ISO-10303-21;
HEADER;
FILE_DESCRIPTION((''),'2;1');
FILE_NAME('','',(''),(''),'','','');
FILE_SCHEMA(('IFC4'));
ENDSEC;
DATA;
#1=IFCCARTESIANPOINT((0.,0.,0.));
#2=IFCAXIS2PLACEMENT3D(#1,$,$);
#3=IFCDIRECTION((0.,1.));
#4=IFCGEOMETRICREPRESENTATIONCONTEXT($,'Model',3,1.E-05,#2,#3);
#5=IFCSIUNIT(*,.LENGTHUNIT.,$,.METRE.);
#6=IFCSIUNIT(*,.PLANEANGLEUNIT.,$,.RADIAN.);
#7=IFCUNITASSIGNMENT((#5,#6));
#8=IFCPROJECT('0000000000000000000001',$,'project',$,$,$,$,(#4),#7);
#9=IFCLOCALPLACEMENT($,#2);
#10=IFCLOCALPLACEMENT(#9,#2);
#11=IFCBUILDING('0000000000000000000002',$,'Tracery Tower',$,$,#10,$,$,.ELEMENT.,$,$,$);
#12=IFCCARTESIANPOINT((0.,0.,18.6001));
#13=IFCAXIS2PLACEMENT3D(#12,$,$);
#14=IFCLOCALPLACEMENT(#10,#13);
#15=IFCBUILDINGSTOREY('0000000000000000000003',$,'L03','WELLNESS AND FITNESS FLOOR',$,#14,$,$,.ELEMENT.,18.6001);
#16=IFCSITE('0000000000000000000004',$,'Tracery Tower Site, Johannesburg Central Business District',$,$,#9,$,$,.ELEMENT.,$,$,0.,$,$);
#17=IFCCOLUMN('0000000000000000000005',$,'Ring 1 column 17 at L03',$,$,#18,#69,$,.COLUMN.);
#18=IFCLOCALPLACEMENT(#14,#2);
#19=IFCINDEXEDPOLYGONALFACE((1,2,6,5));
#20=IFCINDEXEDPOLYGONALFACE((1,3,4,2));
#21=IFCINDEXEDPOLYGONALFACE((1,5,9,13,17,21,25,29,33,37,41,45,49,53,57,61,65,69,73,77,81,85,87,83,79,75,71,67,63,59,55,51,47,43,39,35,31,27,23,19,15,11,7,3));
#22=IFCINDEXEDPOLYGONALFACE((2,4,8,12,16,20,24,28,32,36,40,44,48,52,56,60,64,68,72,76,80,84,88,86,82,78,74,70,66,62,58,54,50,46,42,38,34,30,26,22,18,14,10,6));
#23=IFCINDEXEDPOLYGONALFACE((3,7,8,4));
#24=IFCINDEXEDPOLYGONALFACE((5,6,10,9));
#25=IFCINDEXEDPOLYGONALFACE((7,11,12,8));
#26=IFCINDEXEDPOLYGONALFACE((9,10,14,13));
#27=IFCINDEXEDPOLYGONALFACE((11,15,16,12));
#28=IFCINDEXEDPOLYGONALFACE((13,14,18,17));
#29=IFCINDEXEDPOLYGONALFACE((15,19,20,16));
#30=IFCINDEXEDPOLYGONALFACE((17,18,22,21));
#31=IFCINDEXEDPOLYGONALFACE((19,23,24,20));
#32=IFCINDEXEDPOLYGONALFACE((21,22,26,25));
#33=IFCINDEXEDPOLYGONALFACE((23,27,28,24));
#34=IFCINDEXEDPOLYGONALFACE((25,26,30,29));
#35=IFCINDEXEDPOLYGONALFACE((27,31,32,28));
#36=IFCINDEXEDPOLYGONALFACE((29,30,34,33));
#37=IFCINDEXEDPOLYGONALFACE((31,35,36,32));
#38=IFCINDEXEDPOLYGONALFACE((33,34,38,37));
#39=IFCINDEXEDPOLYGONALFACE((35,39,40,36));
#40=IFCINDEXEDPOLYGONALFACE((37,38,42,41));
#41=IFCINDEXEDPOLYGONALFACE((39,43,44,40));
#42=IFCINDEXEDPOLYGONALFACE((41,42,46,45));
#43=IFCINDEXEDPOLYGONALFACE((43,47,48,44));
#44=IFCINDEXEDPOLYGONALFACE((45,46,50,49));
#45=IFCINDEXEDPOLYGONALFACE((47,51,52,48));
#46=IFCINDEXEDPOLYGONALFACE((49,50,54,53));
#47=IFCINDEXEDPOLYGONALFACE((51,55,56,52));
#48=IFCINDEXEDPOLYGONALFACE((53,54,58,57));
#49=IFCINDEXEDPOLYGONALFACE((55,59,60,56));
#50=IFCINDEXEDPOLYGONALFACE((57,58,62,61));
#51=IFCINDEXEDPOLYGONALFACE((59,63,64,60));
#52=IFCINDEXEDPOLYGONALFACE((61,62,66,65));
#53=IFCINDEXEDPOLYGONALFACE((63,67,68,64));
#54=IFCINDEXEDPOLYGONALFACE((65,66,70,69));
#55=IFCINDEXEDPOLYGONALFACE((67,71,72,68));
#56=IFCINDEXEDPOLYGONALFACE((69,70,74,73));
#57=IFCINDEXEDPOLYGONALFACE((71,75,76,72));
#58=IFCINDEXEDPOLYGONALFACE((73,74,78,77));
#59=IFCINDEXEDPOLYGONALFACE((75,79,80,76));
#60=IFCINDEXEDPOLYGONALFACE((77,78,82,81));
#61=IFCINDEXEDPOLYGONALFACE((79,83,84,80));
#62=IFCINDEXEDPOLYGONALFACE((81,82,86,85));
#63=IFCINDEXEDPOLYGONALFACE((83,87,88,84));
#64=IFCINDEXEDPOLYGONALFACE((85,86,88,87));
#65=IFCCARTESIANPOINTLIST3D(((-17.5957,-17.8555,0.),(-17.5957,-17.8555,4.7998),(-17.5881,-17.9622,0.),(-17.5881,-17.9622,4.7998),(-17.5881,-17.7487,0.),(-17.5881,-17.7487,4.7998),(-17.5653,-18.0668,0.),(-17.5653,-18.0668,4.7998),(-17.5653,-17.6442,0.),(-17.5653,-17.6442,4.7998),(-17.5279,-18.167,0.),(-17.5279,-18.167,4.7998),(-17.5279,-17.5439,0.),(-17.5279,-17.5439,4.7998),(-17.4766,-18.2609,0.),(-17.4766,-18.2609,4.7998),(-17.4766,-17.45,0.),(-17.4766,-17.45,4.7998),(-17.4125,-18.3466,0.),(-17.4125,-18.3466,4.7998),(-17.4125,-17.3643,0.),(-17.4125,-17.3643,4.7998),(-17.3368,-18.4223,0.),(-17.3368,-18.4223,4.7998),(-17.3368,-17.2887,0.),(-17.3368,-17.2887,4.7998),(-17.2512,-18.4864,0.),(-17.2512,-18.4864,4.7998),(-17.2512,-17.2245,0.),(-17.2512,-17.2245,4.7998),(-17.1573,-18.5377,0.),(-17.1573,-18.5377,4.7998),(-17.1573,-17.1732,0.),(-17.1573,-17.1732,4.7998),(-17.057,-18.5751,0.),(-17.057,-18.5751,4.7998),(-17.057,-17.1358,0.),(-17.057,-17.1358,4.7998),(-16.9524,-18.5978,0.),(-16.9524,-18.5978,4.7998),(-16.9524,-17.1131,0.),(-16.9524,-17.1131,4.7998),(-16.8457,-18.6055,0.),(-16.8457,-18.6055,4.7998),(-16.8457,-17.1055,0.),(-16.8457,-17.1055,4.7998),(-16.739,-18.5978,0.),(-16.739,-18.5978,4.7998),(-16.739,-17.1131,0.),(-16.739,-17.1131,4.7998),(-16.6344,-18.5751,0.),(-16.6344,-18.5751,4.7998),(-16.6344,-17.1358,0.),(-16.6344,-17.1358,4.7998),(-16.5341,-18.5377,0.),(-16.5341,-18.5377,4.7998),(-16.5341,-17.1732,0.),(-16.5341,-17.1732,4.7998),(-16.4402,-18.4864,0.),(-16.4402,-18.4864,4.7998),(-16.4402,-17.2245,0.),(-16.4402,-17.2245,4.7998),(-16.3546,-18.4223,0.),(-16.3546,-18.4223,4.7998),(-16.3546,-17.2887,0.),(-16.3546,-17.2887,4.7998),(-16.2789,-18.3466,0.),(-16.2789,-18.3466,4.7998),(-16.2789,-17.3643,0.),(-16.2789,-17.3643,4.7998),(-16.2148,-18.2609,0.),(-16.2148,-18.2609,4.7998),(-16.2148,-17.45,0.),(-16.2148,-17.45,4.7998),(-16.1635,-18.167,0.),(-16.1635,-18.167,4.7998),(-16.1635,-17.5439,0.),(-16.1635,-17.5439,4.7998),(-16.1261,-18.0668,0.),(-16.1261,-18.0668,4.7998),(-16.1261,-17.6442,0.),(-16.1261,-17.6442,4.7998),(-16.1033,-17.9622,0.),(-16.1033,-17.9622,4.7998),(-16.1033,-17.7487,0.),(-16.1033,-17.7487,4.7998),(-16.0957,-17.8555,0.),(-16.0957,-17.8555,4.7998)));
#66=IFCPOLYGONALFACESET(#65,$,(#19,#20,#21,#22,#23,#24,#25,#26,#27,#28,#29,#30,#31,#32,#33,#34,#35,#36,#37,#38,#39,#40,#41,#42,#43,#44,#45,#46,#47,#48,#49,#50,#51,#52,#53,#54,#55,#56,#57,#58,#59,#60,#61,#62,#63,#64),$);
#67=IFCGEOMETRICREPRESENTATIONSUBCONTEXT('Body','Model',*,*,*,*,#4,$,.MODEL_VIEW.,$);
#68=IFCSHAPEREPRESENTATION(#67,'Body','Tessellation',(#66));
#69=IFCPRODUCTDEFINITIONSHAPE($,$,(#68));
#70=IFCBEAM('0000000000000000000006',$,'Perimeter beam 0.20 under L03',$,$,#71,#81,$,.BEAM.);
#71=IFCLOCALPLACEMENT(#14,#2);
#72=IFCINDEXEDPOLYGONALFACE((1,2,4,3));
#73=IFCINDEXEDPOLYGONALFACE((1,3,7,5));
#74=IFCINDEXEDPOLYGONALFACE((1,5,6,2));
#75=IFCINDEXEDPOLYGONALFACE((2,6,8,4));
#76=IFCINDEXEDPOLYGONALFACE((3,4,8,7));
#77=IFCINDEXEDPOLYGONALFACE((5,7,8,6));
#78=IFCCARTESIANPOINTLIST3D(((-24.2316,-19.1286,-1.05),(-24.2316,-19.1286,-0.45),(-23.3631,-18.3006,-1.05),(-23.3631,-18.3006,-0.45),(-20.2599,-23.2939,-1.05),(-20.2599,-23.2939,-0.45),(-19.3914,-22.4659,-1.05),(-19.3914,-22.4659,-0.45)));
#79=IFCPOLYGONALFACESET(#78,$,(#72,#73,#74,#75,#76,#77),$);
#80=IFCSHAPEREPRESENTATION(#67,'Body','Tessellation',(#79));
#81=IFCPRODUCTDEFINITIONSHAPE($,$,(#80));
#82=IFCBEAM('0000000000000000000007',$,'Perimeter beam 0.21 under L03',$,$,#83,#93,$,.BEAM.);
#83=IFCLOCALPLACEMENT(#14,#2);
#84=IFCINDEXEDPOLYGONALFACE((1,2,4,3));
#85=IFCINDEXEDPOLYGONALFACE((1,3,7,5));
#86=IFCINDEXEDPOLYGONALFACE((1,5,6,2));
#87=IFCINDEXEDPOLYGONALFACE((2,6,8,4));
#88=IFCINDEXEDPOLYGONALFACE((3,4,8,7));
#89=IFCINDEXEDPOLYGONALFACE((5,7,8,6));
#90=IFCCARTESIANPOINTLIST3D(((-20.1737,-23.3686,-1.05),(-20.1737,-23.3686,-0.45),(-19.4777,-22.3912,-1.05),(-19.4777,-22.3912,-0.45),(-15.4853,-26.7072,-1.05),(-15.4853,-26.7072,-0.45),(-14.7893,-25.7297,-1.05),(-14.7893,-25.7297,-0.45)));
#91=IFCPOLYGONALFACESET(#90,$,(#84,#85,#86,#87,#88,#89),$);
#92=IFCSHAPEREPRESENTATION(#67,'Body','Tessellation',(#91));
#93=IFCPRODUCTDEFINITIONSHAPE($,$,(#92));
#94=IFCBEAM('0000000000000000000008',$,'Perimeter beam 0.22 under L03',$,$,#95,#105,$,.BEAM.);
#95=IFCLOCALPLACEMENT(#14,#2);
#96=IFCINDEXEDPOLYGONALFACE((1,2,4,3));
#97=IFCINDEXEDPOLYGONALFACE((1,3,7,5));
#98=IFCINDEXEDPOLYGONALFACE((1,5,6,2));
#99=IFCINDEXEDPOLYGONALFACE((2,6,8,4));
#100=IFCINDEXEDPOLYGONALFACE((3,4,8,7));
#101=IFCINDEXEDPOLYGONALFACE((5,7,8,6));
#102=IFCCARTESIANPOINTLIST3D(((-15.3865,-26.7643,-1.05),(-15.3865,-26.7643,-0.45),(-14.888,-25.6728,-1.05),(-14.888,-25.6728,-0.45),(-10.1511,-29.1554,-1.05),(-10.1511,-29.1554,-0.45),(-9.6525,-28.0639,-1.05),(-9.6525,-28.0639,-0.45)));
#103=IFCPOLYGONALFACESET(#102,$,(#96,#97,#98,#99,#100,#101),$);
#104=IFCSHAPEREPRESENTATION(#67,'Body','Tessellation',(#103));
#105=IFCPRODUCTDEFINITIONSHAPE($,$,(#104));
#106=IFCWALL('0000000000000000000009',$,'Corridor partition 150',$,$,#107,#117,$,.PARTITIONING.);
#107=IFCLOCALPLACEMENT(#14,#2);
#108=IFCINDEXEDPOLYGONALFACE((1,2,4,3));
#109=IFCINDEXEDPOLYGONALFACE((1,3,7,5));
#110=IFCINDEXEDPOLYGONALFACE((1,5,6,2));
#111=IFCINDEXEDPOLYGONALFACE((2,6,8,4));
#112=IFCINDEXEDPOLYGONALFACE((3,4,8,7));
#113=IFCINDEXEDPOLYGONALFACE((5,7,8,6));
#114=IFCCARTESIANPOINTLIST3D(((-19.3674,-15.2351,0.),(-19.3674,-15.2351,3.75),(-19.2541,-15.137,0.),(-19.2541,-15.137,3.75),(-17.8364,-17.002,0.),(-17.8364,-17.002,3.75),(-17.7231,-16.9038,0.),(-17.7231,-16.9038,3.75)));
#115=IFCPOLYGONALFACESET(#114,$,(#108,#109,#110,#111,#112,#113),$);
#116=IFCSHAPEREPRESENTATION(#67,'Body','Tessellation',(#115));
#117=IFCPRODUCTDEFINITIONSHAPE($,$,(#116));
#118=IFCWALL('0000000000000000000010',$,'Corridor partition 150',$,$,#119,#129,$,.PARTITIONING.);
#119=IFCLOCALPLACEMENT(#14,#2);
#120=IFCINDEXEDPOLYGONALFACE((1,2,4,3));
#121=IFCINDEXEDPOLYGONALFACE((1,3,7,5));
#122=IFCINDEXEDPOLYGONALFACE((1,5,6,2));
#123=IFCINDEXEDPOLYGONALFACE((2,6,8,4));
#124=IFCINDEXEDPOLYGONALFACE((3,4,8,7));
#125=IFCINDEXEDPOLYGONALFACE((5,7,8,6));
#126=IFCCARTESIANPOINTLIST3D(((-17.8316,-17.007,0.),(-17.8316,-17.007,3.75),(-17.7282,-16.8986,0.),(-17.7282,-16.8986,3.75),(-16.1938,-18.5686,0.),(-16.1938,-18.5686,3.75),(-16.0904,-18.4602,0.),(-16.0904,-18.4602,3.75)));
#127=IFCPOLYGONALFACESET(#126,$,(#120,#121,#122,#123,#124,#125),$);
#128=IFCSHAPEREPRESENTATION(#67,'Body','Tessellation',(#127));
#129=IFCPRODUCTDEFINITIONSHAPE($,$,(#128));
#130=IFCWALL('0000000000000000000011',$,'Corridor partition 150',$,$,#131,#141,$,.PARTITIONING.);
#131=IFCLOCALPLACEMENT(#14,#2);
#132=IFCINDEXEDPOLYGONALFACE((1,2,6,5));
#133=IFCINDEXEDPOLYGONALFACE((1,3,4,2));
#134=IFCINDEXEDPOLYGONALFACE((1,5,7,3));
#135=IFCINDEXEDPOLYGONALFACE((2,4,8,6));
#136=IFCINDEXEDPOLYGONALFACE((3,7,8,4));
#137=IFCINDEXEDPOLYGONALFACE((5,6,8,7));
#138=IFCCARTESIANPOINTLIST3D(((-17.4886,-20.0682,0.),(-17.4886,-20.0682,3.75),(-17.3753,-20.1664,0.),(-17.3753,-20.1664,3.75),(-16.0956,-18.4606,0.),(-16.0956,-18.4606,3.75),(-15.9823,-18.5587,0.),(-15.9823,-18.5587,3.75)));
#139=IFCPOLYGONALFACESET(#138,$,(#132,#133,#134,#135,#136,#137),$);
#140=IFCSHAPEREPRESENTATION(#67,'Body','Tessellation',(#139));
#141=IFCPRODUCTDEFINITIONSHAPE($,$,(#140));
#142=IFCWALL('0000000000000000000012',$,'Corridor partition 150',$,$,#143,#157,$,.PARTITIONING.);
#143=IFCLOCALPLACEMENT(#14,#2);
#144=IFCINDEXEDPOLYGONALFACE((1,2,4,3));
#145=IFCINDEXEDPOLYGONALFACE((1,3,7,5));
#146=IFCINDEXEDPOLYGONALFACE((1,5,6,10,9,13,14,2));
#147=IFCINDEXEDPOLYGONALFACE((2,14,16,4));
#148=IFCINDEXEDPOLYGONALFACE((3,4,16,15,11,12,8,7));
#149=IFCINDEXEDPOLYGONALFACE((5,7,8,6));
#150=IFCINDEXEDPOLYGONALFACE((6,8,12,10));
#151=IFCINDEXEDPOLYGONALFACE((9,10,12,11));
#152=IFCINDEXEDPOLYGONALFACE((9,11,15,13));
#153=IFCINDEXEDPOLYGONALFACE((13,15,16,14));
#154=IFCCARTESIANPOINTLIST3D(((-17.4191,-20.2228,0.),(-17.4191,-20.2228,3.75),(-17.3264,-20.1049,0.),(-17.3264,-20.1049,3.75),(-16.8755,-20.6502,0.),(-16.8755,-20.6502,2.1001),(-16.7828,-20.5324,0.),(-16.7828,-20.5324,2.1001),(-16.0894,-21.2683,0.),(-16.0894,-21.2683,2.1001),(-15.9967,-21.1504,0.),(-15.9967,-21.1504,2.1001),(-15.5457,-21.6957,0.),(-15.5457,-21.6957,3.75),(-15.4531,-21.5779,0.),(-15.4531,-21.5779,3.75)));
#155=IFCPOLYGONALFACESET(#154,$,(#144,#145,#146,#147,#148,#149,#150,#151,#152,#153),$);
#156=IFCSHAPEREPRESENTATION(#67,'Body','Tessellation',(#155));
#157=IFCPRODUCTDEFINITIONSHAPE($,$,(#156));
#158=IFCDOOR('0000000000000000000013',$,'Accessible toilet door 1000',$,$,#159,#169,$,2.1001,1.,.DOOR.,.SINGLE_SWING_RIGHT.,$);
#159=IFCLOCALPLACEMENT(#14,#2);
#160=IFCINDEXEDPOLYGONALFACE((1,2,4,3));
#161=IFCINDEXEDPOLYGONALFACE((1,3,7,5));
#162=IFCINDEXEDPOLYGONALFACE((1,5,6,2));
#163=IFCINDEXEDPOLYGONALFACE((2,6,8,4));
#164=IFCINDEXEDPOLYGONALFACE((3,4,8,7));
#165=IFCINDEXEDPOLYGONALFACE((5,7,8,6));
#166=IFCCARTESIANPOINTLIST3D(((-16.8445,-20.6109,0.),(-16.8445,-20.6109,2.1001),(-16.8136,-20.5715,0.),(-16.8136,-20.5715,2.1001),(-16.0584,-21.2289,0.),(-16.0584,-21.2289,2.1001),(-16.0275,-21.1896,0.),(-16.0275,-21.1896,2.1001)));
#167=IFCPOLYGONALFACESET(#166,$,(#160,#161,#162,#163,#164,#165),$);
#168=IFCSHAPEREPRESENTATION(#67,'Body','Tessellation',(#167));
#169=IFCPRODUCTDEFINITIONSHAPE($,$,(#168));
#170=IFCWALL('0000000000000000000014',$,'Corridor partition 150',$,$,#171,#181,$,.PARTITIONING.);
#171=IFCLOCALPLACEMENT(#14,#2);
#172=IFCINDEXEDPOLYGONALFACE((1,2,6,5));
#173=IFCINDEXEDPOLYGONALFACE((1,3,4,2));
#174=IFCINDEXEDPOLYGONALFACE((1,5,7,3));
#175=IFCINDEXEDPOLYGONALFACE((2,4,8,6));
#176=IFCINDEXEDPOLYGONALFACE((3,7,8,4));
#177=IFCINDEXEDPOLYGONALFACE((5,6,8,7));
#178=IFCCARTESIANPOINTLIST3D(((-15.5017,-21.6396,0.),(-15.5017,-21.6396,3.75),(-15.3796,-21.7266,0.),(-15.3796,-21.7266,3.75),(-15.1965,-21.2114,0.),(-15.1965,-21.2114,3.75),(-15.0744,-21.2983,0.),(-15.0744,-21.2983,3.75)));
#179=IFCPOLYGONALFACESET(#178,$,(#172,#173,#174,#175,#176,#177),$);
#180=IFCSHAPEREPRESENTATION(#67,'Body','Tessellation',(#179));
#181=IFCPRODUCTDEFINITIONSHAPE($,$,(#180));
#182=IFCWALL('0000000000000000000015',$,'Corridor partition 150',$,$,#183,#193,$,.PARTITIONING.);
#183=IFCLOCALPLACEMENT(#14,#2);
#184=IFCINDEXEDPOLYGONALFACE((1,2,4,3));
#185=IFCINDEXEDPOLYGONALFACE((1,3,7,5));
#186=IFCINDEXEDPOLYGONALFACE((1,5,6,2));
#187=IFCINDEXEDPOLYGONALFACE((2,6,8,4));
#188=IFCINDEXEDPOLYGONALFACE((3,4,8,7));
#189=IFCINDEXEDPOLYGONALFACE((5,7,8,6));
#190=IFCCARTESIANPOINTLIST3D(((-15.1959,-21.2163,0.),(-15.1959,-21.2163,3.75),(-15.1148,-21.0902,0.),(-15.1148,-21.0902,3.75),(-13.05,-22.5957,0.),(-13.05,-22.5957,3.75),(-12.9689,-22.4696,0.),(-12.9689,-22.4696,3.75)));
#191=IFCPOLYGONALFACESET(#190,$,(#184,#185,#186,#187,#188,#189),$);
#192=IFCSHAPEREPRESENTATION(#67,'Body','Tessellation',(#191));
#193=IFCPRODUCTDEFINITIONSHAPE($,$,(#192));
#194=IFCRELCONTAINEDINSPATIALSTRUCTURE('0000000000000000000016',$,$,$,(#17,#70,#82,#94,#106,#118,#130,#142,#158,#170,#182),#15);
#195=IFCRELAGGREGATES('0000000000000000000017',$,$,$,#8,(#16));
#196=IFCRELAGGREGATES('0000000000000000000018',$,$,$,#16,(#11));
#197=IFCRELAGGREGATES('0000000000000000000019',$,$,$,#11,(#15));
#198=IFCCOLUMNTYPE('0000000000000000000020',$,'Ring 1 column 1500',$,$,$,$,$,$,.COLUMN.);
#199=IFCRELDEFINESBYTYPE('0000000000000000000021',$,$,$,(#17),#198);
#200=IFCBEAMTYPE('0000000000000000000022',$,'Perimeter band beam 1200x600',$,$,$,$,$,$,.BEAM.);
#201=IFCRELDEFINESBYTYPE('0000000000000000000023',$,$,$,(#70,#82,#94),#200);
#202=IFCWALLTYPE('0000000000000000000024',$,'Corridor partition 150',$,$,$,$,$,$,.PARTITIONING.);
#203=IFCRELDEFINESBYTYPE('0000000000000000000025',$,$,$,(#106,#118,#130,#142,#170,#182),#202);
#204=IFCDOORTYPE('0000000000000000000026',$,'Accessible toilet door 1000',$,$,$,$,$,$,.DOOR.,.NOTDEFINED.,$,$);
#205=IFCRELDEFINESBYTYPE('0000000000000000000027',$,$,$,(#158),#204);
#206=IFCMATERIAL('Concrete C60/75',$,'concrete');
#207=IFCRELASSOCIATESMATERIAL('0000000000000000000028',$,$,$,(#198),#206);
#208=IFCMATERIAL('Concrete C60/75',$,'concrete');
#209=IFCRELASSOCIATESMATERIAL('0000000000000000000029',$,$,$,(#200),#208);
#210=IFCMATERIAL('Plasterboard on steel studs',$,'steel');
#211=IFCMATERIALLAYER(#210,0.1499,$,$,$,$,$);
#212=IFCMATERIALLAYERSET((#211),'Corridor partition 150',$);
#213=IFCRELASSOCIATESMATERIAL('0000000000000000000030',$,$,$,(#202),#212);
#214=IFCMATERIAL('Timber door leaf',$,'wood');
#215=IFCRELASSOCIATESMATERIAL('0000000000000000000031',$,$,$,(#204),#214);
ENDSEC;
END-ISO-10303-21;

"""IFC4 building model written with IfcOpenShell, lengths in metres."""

from ifc_helpers import new_model, si_unit, direction, frame, frame_2d, origin, origin_2d, place, context, subcontext, project, spatial, rectangle, circle, extrude, material, layer, layer_set, material_profile, profile_set, type_object, element, fill, save


model = new_model("IFC4")

# Units and contexts
model_context = context("Model", 3, precision=1e-05, world=origin(), true_north=direction((0.0, 1.0)))
body_context = subcontext(model_context, "Body", "Model", "MODEL_VIEW")
ifc_project = project(units=[si_unit("LENGTHUNIT", "METRE"), si_unit("PLANEANGLEUNIT", "RADIAN")], contexts=[model_context])

# Site, building, storey
site_placement = place(None, origin())
site = spatial("IfcSite", under=ifc_project, at=site_placement, Name="Tracery Tower Site, Johannesburg Central Business District", CompositionType="ELEMENT", RefElevation=0.0)
building_placement = place(site_placement, origin())
building = spatial("IfcBuilding", under=site, at=building_placement, Name="Tracery Tower", CompositionType="ELEMENT")
storey_placement = place(building_placement, frame((0.0, 0.0, 18.6001)))
storey = spatial("IfcBuildingStorey", under=building, at=storey_placement, Name="L03", Description="WELLNESS AND FITNESS FLOOR", CompositionType="ELEMENT", Elevation=18.6001)

# Column
ifc_material_1 = material(Name="Concrete C60/75", Category="concrete")
ifc_material_profile_1 = material_profile(ifc_material_1, circle(Radius=0.75, at=origin_2d()), Name="RC D1500")
ifc_profile_set_1 = profile_set([ifc_material_profile_1], Name="Concrete C60/75")
column_type_1 = type_object("IfcColumnType", Name="Ring 1 column 1500", PredefinedType="COLUMN", material=ifc_profile_set_1)
column_placement = place(storey_placement, frame((-16.8457, -17.8555, 0.0), z_axis=(0.0, 0.0, 1.0), x_axis=(1.0, 0.0, 0.0)))
element("IfcColumn", 1, at=column_placement, inside=storey, type_object=column_type_1, Name="Ring 1 column 17 at L03", PredefinedType="COLUMN", context=body_context, shape_type="SweptSolid", body=[
    extrude(circle(Radius=0.75, at=origin_2d()), origin(), (0.0, 0.0, 1.0), 4.7998),
])

# Beams
ifc_material_2 = material(Name="Concrete C60/75", Category="concrete")
ifc_material_profile_2 = material_profile(ifc_material_2, rectangle(XDim=1.2, YDim=0.6001, at=origin_2d()), Name="RC 1200x600")
ifc_profile_set_2 = profile_set([ifc_material_profile_2], Name="Concrete C60/75")
beam_type = type_object("IfcBeamType", Name="Perimeter band beam 1200x600", PredefinedType="BEAM", material=ifc_profile_set_2)
beam_placement = place(storey_placement, frame((-23.7974, -18.7146, -0.75), z_axis=(0.690087, -0.723726, 0.0), x_axis=(0.723726, 0.690087, 0.0)))
element("IfcBeam", 2, at=beam_placement, inside=storey, type_object=beam_type, Name="Perimeter beam 0.20 under L03", PredefinedType="BEAM", context=body_context, shape_type="SweptSolid", body=[
    extrude(rectangle(XDim=1.2, YDim=0.6001, at=origin_2d()), origin(), (0.0, 0.0, 1.0), 5.7554),
])
for number, where, z_axis, x_axis, name in (
    (3, (-19.8257, -22.8799, -0.75), (0.814578, -0.580054, 0.0), (0.580054, 0.814578, 0.0), "Perimeter beam 0.21 under L03"),
    (4, (-15.1372, -26.2185, -0.75), (0.909618, -0.415445, 0.0), (0.415445, 0.909618, 0.0), "Perimeter beam 0.22 under L03"),
):
    element("IfcBeam", number, at=place(storey_placement, frame(where, z_axis=z_axis, x_axis=x_axis)), inside=storey, type_object=beam_type, Name=name, PredefinedType="BEAM", context=body_context, shape_type="SweptSolid", body=[
        extrude(rectangle(XDim=1.2, YDim=0.6001, at=origin_2d()), origin(), (0.0, 0.0, 1.0), 5.7556),
    ])

# Walls
ifc_material_3 = material(Name="Plasterboard on steel studs", Category="steel")
ifc_layer_1 = layer(ifc_material_3, 0.1499)
ifc_layer_set_1 = layer_set([ifc_layer_1], Name="Corridor partition 150")
wall_type_1 = type_object("IfcWallType", Name="Corridor partition 150", PredefinedType="PARTITIONING", material=ifc_layer_set_1)
wall_1_placement = place(storey_placement, frame((-19.3108, -15.186, 0.0), z_axis=(0.0, 0.0, 1.0), x_axis=(0.654867, -0.755744, 0.0)))
element("IfcWall", 5, at=wall_1_placement, inside=storey, type_object=wall_type_1, Name="Corridor partition 150", PredefinedType="PARTITIONING", context=body_context, shape_type="SweptSolid", body=[
    extrude(rectangle(XDim=2.3379, YDim=0.1499, at=frame_2d((1.1689, 0.0))), origin(), (0.0, 0.0, 1.0), 3.75),
])
wall_2_placement = place(storey_placement, frame((-17.7798, -16.9529, 0.0), z_axis=(0.0, 0.0, 1.0), x_axis=(0.723738, -0.690075, 0.0)))
element("IfcWall", 6, at=wall_2_placement, inside=storey, type_object=wall_type_1, Name="Corridor partition 150", PredefinedType="PARTITIONING", context=body_context, shape_type="SweptSolid", body=[
    extrude(rectangle(XDim=2.2629, YDim=0.1499, at=frame_2d((1.1313, 0.0))), origin(), (0.0, 0.0, 1.0), 3.75),
])
wall_3_placement = place(storey_placement, frame((-17.4319, -20.1172, 0.0), z_axis=(0.0, 0.0, 1.0), x_axis=(0.654865, 0.755746, 0.0)))
element("IfcWall", 7, at=wall_3_placement, inside=storey, type_object=wall_type_1, Name="Corridor partition 150", PredefinedType="PARTITIONING", context=body_context, shape_type="SweptSolid", body=[
    extrude(rectangle(XDim=2.1272, YDim=0.1499, at=frame_2d((1.0635, 0.0))), origin(), (0.0, 0.0, 1.0), 3.75),
])

# Wall, opening, door
wall_4_placement = place(storey_placement, frame((-15.4995, -21.6367, 0.0), z_axis=(0.0, 0.0, 1.0), x_axis=(-0.786109, 0.618088, 0.0)))
wall_4 = element("IfcWall", 8, at=wall_4_placement, inside=storey, type_object=wall_type_1, Name="Corridor partition 150", PredefinedType="PARTITIONING", context=body_context, shape_type="SweptSolid", body=[
    extrude(rectangle(XDim=2.3831, YDim=0.1499, at=frame_2d((1.1914, 0.0))), origin(), (0.0, 0.0, 1.0), 3.75),
])
opening_1_placement = place(wall_4_placement, frame((0.6914, 0.0, 0.0)))
opening_1 = element("IfcOpeningElement", 9, at=opening_1_placement, cuts=wall_4, PredefinedType="OPENING", context=body_context, shape_type="SweptSolid", body=[
    extrude(rectangle(XDim=1.0, YDim=2.1001, at=frame_2d((0.5, 1.05))), frame((0.0, 0.075, 0.0), z_axis=(0.0, -1.0, 0.0), x_axis=(1.0, 0.0, 0.0)), (0.0, 0.0, 1.0), 0.1499),
])
ifc_material_4 = material(Name="Timber door leaf", Category="wood")
door_type = type_object("IfcDoorType", Name="Accessible toilet door 1000", OperationType="NOTDEFINED", PredefinedType="DOOR", material=ifc_material_4)
door_placement = place(opening_1_placement, origin())
door = element("IfcDoor", 10, at=door_placement, inside=storey, type_object=door_type, Name="Accessible toilet door 1000", OperationType="SINGLE_SWING_RIGHT", OverallHeight=2.1001, OverallWidth=1.0, PredefinedType="DOOR", context=body_context, shape_type="SweptSolid", body=[
    extrude(rectangle(XDim=1.0, YDim=2.1001, at=frame_2d((0.5, 1.05))), frame((0.0, 0.0249, 0.0), z_axis=(0.0, -1.0, 0.0), x_axis=(1.0, 0.0, 0.0)), (0.0, 0.0, 1.0), 0.05),
])
fill(opening_1, door)

# Walls
wall_5_placement = place(storey_placement, frame((-15.4407, -21.6831, 0.0), z_axis=(0.0, 0.0, 1.0), x_axis=(0.580359, 0.81436, 0.0)))
element("IfcWall", 11, at=wall_5_placement, inside=storey, type_object=wall_type_1, Name="Corridor partition 150", PredefinedType="PARTITIONING", context=body_context, shape_type="SweptSolid", body=[
    extrude(rectangle(XDim=0.5259, YDim=0.1499, at=frame_2d((0.2629, 0.0))), origin(), (0.0, 0.0, 1.0), 3.75),
])
wall_6_placement = place(storey_placement, frame((-15.1553, -21.1533, 0.0), z_axis=(0.0, 0.0, 1.0), x_axis=(0.84121, -0.540709, 0.0)))
element("IfcWall", 12, at=wall_6_placement, inside=storey, type_object=wall_type_1, Name="Corridor partition 150", PredefinedType="PARTITIONING", context=body_context, shape_type="SweptSolid", body=[
    extrude(rectangle(XDim=2.551, YDim=0.1499, at=frame_2d((1.2754, 0.0))), origin(), (0.0, 0.0, 1.0), 3.75),
])

save(model, "model.ifc")
